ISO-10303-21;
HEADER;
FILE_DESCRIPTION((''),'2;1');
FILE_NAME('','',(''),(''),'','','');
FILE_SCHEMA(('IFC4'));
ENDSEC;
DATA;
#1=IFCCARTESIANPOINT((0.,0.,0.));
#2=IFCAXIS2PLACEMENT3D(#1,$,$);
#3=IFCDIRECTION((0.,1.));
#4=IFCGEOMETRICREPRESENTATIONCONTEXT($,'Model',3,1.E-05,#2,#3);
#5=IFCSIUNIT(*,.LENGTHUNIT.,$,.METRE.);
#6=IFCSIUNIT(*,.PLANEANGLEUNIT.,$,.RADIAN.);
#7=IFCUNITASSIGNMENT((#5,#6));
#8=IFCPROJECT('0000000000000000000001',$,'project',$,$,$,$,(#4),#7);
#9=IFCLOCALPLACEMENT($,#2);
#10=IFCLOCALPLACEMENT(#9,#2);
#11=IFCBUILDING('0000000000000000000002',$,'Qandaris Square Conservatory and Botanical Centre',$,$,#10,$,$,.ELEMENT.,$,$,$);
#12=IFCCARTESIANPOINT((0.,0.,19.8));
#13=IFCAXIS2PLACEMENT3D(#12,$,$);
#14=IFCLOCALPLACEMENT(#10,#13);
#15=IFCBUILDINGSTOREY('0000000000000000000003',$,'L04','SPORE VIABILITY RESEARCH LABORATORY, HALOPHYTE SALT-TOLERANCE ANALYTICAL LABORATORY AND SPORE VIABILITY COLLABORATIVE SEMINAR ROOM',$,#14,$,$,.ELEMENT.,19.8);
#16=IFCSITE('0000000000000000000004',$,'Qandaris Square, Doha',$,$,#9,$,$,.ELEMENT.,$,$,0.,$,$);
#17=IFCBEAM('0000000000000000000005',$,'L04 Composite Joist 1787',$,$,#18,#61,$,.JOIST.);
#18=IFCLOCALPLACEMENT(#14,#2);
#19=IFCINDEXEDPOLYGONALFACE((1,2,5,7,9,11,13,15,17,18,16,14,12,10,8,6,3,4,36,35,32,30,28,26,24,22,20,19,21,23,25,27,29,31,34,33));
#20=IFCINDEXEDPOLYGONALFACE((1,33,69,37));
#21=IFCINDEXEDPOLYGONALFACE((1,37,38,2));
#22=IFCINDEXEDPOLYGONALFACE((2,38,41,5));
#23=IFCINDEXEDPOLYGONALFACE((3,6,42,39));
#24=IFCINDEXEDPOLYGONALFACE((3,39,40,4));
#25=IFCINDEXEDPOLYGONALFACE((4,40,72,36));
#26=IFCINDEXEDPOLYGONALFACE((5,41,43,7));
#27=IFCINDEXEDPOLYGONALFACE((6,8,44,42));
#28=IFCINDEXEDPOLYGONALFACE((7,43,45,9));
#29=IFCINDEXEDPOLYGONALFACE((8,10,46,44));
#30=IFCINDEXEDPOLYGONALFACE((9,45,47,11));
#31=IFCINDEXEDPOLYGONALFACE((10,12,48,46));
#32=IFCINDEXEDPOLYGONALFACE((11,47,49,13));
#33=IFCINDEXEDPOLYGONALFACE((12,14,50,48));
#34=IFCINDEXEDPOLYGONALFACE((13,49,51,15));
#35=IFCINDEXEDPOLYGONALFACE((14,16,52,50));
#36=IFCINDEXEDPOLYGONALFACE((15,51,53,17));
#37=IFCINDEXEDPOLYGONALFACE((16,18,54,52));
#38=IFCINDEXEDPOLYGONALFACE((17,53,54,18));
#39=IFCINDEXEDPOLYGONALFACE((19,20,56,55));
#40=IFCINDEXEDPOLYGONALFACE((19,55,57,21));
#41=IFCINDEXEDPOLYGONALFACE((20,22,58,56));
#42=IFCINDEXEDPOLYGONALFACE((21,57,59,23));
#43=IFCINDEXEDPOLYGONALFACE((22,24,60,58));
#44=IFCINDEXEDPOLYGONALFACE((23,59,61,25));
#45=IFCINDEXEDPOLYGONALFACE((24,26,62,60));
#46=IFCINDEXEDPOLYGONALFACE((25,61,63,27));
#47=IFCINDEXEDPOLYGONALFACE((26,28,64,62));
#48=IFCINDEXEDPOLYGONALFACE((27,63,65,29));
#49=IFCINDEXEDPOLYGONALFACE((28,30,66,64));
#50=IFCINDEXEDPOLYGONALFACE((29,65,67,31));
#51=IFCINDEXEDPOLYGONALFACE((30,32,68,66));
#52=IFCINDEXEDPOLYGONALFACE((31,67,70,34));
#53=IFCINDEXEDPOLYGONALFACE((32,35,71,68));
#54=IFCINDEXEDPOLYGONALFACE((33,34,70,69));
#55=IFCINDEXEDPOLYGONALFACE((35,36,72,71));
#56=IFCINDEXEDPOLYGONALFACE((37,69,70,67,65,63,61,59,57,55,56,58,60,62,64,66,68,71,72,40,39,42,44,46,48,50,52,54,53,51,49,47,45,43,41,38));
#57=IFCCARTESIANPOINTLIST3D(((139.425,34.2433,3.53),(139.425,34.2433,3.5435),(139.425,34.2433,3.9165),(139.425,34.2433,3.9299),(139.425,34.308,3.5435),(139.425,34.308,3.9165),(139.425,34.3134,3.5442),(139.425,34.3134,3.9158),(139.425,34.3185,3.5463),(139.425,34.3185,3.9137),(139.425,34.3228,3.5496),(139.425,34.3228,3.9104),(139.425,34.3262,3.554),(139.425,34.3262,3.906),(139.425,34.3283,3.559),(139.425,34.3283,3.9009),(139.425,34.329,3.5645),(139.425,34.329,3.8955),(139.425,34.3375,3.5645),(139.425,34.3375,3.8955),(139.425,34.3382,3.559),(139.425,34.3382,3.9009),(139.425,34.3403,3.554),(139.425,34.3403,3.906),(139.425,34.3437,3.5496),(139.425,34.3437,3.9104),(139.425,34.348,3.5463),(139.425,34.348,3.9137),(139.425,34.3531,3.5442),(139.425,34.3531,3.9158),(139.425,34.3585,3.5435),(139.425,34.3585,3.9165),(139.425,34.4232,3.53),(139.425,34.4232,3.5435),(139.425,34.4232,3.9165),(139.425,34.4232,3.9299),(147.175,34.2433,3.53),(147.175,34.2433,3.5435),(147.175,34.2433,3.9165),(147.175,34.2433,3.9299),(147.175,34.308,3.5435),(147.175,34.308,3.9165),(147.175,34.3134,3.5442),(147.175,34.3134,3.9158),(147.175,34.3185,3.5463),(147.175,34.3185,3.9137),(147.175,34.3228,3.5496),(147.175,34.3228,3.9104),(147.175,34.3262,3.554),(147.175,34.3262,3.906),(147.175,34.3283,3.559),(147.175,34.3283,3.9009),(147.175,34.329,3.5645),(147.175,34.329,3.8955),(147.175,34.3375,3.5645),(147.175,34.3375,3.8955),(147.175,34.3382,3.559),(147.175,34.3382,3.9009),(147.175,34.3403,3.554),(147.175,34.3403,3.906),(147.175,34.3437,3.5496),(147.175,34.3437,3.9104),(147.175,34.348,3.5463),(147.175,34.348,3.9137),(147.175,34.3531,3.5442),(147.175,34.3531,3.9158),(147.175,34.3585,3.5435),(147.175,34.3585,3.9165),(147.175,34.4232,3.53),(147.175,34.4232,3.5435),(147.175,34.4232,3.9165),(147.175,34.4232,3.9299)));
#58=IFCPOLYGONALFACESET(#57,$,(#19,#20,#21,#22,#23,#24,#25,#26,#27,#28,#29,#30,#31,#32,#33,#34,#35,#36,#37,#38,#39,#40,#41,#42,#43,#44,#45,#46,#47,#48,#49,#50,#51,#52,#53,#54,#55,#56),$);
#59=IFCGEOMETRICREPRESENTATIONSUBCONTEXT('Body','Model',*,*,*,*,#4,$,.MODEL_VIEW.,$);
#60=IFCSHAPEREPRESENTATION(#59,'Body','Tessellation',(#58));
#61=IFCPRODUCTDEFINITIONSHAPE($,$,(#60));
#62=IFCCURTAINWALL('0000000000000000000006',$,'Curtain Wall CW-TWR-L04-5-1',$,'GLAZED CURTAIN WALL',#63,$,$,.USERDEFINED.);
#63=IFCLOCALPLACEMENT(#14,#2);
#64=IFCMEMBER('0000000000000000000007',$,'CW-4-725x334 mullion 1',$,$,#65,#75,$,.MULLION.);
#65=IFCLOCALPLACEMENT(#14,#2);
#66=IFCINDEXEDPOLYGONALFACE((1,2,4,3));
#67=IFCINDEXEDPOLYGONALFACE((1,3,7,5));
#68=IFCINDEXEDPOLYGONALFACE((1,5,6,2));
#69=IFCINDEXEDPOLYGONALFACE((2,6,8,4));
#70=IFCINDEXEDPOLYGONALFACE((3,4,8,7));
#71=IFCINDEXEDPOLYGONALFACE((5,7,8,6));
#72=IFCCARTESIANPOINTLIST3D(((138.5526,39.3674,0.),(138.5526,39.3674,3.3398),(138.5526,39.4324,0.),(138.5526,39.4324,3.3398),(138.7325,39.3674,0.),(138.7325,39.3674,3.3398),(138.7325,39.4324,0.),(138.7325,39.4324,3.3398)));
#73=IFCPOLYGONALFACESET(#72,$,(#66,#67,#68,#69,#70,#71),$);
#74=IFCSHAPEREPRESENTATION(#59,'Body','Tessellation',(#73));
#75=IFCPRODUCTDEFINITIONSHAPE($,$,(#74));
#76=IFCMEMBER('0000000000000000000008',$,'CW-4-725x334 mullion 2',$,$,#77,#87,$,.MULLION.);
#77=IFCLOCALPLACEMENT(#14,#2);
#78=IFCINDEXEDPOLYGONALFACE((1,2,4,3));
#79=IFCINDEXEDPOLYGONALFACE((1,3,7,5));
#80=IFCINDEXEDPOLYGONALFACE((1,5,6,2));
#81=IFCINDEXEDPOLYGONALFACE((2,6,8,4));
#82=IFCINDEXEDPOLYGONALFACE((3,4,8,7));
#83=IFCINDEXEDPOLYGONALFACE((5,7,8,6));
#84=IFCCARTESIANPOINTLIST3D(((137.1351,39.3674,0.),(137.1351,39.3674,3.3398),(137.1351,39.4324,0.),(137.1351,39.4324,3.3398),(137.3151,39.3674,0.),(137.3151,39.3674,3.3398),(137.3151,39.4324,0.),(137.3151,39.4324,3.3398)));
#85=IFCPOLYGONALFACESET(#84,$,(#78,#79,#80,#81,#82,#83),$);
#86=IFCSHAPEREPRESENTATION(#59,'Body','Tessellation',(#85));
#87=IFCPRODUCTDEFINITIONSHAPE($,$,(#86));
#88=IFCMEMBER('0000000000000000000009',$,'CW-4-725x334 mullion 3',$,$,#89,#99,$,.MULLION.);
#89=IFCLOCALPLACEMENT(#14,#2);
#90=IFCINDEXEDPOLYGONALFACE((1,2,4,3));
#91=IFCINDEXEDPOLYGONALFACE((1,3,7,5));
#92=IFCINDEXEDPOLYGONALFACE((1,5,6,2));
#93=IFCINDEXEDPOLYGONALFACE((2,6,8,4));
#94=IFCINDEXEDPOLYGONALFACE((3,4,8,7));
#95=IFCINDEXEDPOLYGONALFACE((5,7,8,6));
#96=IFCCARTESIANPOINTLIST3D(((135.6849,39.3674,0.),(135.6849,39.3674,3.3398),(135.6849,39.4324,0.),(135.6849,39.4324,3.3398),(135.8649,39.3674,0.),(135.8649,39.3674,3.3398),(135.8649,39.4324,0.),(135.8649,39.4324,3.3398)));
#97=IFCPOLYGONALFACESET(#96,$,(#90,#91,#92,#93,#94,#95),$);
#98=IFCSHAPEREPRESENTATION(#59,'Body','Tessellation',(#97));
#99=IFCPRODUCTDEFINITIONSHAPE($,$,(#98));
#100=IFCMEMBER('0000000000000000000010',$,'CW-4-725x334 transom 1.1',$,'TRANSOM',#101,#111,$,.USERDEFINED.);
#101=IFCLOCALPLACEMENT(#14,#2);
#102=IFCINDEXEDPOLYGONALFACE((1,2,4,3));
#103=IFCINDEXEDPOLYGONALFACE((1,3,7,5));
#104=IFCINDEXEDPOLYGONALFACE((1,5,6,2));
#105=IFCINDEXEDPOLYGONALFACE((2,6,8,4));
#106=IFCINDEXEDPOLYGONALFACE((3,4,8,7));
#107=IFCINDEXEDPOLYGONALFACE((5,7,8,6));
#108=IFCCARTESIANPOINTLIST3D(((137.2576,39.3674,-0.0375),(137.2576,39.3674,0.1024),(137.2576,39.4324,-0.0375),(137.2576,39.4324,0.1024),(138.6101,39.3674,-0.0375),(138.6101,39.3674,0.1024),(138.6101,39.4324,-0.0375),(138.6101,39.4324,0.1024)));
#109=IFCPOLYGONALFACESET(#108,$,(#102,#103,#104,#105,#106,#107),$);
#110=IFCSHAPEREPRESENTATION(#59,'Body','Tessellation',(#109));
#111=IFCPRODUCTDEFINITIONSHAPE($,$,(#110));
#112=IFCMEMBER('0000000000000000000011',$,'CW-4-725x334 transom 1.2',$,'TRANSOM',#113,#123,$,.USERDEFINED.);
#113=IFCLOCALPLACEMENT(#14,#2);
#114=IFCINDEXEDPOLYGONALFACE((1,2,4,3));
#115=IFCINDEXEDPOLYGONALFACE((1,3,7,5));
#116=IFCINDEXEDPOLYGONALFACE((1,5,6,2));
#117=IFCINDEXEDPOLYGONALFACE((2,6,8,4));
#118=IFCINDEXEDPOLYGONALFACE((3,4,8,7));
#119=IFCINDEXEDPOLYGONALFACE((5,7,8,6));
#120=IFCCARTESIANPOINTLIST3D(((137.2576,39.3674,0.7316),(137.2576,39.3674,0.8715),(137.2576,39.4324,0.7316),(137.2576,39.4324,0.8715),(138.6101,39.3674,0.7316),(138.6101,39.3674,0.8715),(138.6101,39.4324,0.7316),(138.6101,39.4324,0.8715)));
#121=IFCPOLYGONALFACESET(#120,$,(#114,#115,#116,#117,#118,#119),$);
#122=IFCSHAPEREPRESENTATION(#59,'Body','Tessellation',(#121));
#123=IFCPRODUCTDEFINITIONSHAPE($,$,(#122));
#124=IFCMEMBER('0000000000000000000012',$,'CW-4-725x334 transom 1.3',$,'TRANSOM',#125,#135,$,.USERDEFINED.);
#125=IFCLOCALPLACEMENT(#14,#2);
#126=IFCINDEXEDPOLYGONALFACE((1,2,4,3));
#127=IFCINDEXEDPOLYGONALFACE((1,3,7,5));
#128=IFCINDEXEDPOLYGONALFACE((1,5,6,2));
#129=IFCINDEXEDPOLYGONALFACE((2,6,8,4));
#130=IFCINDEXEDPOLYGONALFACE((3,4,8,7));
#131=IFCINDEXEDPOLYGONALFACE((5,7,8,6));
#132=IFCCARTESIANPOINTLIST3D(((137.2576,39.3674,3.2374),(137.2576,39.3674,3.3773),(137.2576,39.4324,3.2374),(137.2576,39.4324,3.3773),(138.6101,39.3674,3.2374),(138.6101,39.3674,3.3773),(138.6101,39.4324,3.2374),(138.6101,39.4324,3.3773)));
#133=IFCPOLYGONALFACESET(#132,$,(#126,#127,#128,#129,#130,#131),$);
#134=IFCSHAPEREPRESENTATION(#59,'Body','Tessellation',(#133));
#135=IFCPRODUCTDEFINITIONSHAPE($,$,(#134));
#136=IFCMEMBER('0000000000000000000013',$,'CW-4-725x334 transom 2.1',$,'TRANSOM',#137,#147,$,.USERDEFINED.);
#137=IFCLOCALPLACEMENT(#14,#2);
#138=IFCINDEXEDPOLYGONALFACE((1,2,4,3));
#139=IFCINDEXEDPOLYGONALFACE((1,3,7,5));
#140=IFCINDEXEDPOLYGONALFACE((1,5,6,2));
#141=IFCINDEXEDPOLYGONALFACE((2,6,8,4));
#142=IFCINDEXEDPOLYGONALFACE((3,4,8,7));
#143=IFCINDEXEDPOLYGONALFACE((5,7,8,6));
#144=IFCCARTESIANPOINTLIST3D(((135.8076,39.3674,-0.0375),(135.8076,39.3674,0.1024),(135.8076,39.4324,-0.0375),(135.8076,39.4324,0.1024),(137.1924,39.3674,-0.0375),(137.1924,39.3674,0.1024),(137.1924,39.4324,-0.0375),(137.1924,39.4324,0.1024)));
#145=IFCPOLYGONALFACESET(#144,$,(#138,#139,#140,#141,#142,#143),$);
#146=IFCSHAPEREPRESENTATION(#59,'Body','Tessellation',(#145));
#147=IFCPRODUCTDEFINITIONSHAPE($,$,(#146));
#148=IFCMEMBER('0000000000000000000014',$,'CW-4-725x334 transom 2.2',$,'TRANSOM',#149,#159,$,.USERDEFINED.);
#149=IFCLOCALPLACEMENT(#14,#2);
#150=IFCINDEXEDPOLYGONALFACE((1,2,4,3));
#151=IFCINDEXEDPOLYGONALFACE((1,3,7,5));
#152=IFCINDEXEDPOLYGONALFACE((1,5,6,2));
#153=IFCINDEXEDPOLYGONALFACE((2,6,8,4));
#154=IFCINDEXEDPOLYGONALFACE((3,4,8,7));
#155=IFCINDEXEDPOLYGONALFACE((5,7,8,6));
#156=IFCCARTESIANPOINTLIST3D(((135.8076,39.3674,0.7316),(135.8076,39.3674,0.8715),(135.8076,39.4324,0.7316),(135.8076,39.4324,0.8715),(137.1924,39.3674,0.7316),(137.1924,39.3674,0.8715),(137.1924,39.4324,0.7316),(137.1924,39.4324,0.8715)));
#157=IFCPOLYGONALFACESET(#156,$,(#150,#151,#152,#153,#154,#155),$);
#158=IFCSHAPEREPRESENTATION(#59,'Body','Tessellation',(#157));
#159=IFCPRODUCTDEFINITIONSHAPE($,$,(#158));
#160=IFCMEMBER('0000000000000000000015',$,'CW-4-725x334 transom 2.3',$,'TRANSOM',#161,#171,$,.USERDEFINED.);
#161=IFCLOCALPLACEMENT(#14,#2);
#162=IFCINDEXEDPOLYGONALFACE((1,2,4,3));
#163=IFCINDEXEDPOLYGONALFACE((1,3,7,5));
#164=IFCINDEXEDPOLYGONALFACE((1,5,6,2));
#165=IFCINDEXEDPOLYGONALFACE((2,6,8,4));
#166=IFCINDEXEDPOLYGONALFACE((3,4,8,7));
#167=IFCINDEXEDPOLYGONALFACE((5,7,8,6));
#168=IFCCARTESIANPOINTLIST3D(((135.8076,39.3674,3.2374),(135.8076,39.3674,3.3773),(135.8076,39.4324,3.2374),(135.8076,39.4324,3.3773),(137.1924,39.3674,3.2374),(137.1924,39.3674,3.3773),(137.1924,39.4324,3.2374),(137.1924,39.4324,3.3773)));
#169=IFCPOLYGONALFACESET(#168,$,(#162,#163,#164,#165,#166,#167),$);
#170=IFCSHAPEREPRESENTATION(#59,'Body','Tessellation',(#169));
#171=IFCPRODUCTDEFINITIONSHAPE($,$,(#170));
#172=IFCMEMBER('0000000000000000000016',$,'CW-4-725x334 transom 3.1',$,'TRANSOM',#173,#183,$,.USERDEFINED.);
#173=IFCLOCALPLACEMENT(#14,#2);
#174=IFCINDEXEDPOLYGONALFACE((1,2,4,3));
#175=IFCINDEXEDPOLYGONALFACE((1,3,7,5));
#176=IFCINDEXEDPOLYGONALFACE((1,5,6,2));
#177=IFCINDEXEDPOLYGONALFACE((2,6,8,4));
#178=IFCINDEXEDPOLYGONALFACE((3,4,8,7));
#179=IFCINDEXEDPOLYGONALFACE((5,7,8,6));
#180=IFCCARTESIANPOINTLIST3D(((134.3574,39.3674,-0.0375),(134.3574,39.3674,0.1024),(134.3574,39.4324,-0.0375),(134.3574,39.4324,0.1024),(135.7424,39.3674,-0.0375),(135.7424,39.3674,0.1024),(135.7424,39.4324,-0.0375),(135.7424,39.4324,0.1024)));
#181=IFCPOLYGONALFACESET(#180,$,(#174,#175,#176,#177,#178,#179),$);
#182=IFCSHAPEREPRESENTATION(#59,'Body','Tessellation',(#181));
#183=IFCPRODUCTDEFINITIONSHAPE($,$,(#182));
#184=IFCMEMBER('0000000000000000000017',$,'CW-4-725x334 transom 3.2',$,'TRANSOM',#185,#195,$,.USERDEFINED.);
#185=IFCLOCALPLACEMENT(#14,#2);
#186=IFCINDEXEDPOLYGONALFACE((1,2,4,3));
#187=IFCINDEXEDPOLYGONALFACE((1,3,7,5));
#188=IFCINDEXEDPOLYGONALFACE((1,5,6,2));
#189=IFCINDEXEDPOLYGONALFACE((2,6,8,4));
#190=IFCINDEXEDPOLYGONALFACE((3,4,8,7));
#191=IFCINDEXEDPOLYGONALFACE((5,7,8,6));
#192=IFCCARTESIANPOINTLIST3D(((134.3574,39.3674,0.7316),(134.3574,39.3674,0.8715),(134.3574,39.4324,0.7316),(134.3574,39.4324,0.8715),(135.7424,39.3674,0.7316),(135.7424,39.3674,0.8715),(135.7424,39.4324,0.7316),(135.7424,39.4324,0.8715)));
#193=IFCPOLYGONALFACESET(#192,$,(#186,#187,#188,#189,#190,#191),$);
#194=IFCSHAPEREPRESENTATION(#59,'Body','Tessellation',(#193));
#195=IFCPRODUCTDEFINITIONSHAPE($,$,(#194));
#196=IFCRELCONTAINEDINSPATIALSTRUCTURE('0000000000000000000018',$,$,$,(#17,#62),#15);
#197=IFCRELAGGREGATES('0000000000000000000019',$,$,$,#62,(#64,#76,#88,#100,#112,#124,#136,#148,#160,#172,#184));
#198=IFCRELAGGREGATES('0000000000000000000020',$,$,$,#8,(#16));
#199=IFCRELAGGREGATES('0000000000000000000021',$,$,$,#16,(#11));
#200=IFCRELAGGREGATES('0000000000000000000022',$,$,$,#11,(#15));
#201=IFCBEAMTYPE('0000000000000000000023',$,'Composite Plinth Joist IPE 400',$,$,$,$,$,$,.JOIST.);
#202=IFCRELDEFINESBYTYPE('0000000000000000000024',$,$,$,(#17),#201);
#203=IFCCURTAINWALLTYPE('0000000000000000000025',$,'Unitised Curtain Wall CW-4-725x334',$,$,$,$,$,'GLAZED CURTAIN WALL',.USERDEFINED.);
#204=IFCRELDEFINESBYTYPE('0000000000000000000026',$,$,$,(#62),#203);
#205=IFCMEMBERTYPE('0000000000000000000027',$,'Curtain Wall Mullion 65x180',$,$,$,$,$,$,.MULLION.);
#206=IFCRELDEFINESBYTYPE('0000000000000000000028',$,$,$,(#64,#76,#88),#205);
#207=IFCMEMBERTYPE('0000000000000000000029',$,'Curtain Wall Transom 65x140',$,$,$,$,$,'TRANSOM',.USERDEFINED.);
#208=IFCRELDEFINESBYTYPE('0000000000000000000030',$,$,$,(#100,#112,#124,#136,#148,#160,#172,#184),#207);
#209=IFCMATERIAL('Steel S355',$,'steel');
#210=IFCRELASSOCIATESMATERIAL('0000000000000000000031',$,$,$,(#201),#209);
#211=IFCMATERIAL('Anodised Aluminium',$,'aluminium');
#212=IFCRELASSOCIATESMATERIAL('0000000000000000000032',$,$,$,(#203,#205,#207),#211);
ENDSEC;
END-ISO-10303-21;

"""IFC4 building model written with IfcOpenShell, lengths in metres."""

from ifc_helpers import new_model, si_unit, direction, frame, origin, origin_2d, place, context, subcontext, project, spatial, rectangle, i_section, extrude, material, material_profile, profile_set, type_object, element, aggregate, save


model = new_model("IFC4")

# Units and contexts
model_context = context("Model", 3, precision=1e-05, world=origin(), true_north=direction((0.0, 1.0)))
body_context = subcontext(model_context, "Body", "Model", "MODEL_VIEW")
ifc_project = project(units=[si_unit("LENGTHUNIT", "METRE"), si_unit("PLANEANGLEUNIT", "RADIAN")], contexts=[model_context])

# Site, building, storey
site_placement = place(None, origin())
site = spatial("IfcSite", under=ifc_project, at=site_placement, Name="Qandaris Square, Doha", CompositionType="ELEMENT", RefElevation=0.0)
building_placement = place(site_placement, origin())
building = spatial("IfcBuilding", under=site, at=building_placement, Name="Qandaris Square Conservatory and Botanical Centre", CompositionType="ELEMENT")
storey_placement = place(building_placement, frame((0.0, 0.0, 19.8)))
storey = spatial("IfcBuildingStorey", under=building, at=storey_placement, Name="L04", Description="SPORE VIABILITY RESEARCH LABORATORY, HALOPHYTE SALT-TOLERANCE ANALYTICAL LABORATORY AND SPORE VIABILITY COLLABORATIVE SEMINAR ROOM", CompositionType="ELEMENT", Elevation=19.8)

# Beam
ifc_material_1 = material(Name="Steel S355", Category="steel")
ifc_material_profile_1 = material_profile(ifc_material_1, i_section(OverallWidth=0.1799, OverallDepth=0.3999, WebThickness=0.0085, FlangeThickness=0.0134, FilletRadius=0.021, at=origin_2d()), Name="IPE 400")
ifc_profile_set_1 = profile_set([ifc_material_profile_1], Name="Steel S355")
beam_type = type_object("IfcBeamType", Name="Composite Plinth Joist IPE 400", PredefinedType="JOIST", material=ifc_profile_set_1)
beam_placement = place(storey_placement, frame((139.425, 34.3333, 3.73), z_axis=(1.0, 0.0, 0.0), x_axis=(0.0, 1.0, 0.0)))
element("IfcBeam", 1, at=beam_placement, inside=storey, type_object=beam_type, Name="L04 Composite Joist 1787", PredefinedType="JOIST", context=body_context, shape_type="SweptSolid", body=[
    extrude(i_section(OverallWidth=0.1799, OverallDepth=0.3999, WebThickness=0.0085, FlangeThickness=0.0134, FilletRadius=0.021, at=origin_2d()), origin(), (0.0, 0.0, 1.0), 7.75),
])

# Curtain wall, members
ifc_material_2 = material(Name="Anodised Aluminium", Category="aluminium")
curtain_wall_type = type_object("IfcCurtainWallType", Name="Unitised Curtain Wall CW-4-725x334", ElementType="GLAZED CURTAIN WALL", PredefinedType="USERDEFINED", material=ifc_material_2)
curtain_wall_placement = place(storey_placement, origin())
curtain_wall = element("IfcCurtainWall", 2, at=curtain_wall_placement, inside=storey, type_object=curtain_wall_type, Name="Curtain Wall CW-TWR-L04-5-1", ObjectType="GLAZED CURTAIN WALL", PredefinedType="USERDEFINED")
ifc_material_profile_2 = material_profile(ifc_material_2, rectangle(XDim=0.0649, YDim=0.1799, at=origin_2d()), Name="ALU-MUL 65x180")
ifc_profile_set_2 = profile_set([ifc_material_profile_2], Name="Anodised Aluminium")
member_type_1 = type_object("IfcMemberType", Name="Curtain Wall Mullion 65x180", PredefinedType="MULLION", material=ifc_profile_set_2)
member_1_placement = place(storey_placement, frame((138.6426, 39.3999, 0.0), z_axis=(0.0, 0.0, 1.0), x_axis=(0.0, -1.0, 0.0)))
member_1 = element("IfcMember", 3, at=member_1_placement, type_object=member_type_1, Name="CW-4-725x334 mullion 1", PredefinedType="MULLION", context=body_context, shape_type="SweptSolid", body=[
    extrude(rectangle(XDim=0.0649, YDim=0.1799, at=origin_2d()), origin(), (0.0, 0.0, 1.0), 3.3398),
])
member_2_placement = place(storey_placement, frame((137.2251, 39.3999, 0.0), z_axis=(0.0, 0.0, 1.0), x_axis=(0.0, -1.0, 0.0)))
member_2 = element("IfcMember", 4, at=member_2_placement, type_object=member_type_1, Name="CW-4-725x334 mullion 2", PredefinedType="MULLION", context=body_context, shape_type="SweptSolid", body=[
    extrude(rectangle(XDim=0.0649, YDim=0.1799, at=origin_2d()), origin(), (0.0, 0.0, 1.0), 3.3398),
])
member_3_placement = place(storey_placement, frame((135.7749, 39.3999, 0.0), z_axis=(0.0, 0.0, 1.0), x_axis=(0.0, -1.0, 0.0)))
member_3 = element("IfcMember", 5, at=member_3_placement, type_object=member_type_1, Name="CW-4-725x334 mullion 3", PredefinedType="MULLION", context=body_context, shape_type="SweptSolid", body=[
    extrude(rectangle(XDim=0.0649, YDim=0.1799, at=origin_2d()), origin(), (0.0, 0.0, 1.0), 3.3398),
])
ifc_material_profile_3 = material_profile(ifc_material_2, rectangle(XDim=0.0649, YDim=0.1399, at=origin_2d()), Name="ALU-TRN 65x140")
ifc_profile_set_3 = profile_set([ifc_material_profile_3], Name="Anodised Aluminium")
member_type_2 = type_object("IfcMemberType", Name="Curtain Wall Transom 65x140", ElementType="TRANSOM", PredefinedType="USERDEFINED", material=ifc_profile_set_3)
member_4_placement = place(storey_placement, frame((138.6101, 39.3999, 0.0325), z_axis=(-1.0, 0.0, 0.0), x_axis=(0.0, -1.0, 0.0)))
member_4 = element("IfcMember", 6, at=member_4_placement, type_object=member_type_2, Name="CW-4-725x334 transom 1.1", ObjectType="TRANSOM", PredefinedType="USERDEFINED", context=body_context, shape_type="SweptSolid", body=[
    extrude(rectangle(XDim=0.0649, YDim=0.1399, at=origin_2d()), origin(), (0.0, 0.0, 1.0), 1.3525),
])
member_5_placement = place(storey_placement, frame((138.6101, 39.3999, 0.8015), z_axis=(-1.0, 0.0, 0.0), x_axis=(0.0, -1.0, 0.0)))
member_5 = element("IfcMember", 7, at=member_5_placement, type_object=member_type_2, Name="CW-4-725x334 transom 1.2", ObjectType="TRANSOM", PredefinedType="USERDEFINED", context=body_context, shape_type="SweptSolid", body=[
    extrude(rectangle(XDim=0.0649, YDim=0.1399, at=origin_2d()), origin(), (0.0, 0.0, 1.0), 1.3525),
])
member_6_placement = place(storey_placement, frame((138.6101, 39.3999, 3.3074), z_axis=(-1.0, 0.0, 0.0), x_axis=(0.0, -1.0, 0.0)))
member_6 = element("IfcMember", 8, at=member_6_placement, type_object=member_type_2, Name="CW-4-725x334 transom 1.3", ObjectType="TRANSOM", PredefinedType="USERDEFINED", context=body_context, shape_type="SweptSolid", body=[
    extrude(rectangle(XDim=0.0649, YDim=0.1399, at=origin_2d()), origin(), (0.0, 0.0, 1.0), 1.3525),
])
member_7_placement = place(storey_placement, frame((137.1924, 39.3999, 0.0325), z_axis=(-1.0, 0.0, 0.0), x_axis=(0.0, -1.0, 0.0)))
member_7 = element("IfcMember", 9, at=member_7_placement, type_object=member_type_2, Name="CW-4-725x334 transom 2.1", ObjectType="TRANSOM", PredefinedType="USERDEFINED", context=body_context, shape_type="SweptSolid", body=[
    extrude(rectangle(XDim=0.0649, YDim=0.1399, at=origin_2d()), origin(), (0.0, 0.0, 1.0), 1.3848),
])
member_8_placement = place(storey_placement, frame((137.1924, 39.3999, 0.8015), z_axis=(-1.0, 0.0, 0.0), x_axis=(0.0, -1.0, 0.0)))
member_8 = element("IfcMember", 10, at=member_8_placement, type_object=member_type_2, Name="CW-4-725x334 transom 2.2", ObjectType="TRANSOM", PredefinedType="USERDEFINED", context=body_context, shape_type="SweptSolid", body=[
    extrude(rectangle(XDim=0.0649, YDim=0.1399, at=origin_2d()), origin(), (0.0, 0.0, 1.0), 1.3848),
])
member_9_placement = place(storey_placement, frame((137.1924, 39.3999, 3.3074), z_axis=(-1.0, 0.0, 0.0), x_axis=(0.0, -1.0, 0.0)))
member_9 = element("IfcMember", 11, at=member_9_placement, type_object=member_type_2, Name="CW-4-725x334 transom 2.3", ObjectType="TRANSOM", PredefinedType="USERDEFINED", context=body_context, shape_type="SweptSolid", body=[
    extrude(rectangle(XDim=0.0649, YDim=0.1399, at=origin_2d()), origin(), (0.0, 0.0, 1.0), 1.3848),
])
member_10_placement = place(storey_placement, frame((135.7424, 39.3999, 0.0325), z_axis=(-1.0, 0.0, 0.0), x_axis=(0.0, -1.0, 0.0)))
member_10 = element("IfcMember", 12, at=member_10_placement, type_object=member_type_2, Name="CW-4-725x334 transom 3.1", ObjectType="TRANSOM", PredefinedType="USERDEFINED", context=body_context, shape_type="SweptSolid", body=[
    extrude(rectangle(XDim=0.0649, YDim=0.1399, at=origin_2d()), origin(), (0.0, 0.0, 1.0), 1.385),
])
member_11_placement = place(storey_placement, frame((135.7424, 39.3999, 0.8015), z_axis=(-1.0, 0.0, 0.0), x_axis=(0.0, -1.0, 0.0)))
member_11 = element("IfcMember", 13, at=member_11_placement, type_object=member_type_2, Name="CW-4-725x334 transom 3.2", ObjectType="TRANSOM", PredefinedType="USERDEFINED", context=body_context, shape_type="SweptSolid", body=[
    extrude(rectangle(XDim=0.0649, YDim=0.1399, at=origin_2d()), origin(), (0.0, 0.0, 1.0), 1.385),
])
aggregate(curtain_wall, [member_1, member_2, member_3, member_4, member_5, member_6, member_7, member_8, member_9, member_10, member_11])

save(model, "model.ifc")
